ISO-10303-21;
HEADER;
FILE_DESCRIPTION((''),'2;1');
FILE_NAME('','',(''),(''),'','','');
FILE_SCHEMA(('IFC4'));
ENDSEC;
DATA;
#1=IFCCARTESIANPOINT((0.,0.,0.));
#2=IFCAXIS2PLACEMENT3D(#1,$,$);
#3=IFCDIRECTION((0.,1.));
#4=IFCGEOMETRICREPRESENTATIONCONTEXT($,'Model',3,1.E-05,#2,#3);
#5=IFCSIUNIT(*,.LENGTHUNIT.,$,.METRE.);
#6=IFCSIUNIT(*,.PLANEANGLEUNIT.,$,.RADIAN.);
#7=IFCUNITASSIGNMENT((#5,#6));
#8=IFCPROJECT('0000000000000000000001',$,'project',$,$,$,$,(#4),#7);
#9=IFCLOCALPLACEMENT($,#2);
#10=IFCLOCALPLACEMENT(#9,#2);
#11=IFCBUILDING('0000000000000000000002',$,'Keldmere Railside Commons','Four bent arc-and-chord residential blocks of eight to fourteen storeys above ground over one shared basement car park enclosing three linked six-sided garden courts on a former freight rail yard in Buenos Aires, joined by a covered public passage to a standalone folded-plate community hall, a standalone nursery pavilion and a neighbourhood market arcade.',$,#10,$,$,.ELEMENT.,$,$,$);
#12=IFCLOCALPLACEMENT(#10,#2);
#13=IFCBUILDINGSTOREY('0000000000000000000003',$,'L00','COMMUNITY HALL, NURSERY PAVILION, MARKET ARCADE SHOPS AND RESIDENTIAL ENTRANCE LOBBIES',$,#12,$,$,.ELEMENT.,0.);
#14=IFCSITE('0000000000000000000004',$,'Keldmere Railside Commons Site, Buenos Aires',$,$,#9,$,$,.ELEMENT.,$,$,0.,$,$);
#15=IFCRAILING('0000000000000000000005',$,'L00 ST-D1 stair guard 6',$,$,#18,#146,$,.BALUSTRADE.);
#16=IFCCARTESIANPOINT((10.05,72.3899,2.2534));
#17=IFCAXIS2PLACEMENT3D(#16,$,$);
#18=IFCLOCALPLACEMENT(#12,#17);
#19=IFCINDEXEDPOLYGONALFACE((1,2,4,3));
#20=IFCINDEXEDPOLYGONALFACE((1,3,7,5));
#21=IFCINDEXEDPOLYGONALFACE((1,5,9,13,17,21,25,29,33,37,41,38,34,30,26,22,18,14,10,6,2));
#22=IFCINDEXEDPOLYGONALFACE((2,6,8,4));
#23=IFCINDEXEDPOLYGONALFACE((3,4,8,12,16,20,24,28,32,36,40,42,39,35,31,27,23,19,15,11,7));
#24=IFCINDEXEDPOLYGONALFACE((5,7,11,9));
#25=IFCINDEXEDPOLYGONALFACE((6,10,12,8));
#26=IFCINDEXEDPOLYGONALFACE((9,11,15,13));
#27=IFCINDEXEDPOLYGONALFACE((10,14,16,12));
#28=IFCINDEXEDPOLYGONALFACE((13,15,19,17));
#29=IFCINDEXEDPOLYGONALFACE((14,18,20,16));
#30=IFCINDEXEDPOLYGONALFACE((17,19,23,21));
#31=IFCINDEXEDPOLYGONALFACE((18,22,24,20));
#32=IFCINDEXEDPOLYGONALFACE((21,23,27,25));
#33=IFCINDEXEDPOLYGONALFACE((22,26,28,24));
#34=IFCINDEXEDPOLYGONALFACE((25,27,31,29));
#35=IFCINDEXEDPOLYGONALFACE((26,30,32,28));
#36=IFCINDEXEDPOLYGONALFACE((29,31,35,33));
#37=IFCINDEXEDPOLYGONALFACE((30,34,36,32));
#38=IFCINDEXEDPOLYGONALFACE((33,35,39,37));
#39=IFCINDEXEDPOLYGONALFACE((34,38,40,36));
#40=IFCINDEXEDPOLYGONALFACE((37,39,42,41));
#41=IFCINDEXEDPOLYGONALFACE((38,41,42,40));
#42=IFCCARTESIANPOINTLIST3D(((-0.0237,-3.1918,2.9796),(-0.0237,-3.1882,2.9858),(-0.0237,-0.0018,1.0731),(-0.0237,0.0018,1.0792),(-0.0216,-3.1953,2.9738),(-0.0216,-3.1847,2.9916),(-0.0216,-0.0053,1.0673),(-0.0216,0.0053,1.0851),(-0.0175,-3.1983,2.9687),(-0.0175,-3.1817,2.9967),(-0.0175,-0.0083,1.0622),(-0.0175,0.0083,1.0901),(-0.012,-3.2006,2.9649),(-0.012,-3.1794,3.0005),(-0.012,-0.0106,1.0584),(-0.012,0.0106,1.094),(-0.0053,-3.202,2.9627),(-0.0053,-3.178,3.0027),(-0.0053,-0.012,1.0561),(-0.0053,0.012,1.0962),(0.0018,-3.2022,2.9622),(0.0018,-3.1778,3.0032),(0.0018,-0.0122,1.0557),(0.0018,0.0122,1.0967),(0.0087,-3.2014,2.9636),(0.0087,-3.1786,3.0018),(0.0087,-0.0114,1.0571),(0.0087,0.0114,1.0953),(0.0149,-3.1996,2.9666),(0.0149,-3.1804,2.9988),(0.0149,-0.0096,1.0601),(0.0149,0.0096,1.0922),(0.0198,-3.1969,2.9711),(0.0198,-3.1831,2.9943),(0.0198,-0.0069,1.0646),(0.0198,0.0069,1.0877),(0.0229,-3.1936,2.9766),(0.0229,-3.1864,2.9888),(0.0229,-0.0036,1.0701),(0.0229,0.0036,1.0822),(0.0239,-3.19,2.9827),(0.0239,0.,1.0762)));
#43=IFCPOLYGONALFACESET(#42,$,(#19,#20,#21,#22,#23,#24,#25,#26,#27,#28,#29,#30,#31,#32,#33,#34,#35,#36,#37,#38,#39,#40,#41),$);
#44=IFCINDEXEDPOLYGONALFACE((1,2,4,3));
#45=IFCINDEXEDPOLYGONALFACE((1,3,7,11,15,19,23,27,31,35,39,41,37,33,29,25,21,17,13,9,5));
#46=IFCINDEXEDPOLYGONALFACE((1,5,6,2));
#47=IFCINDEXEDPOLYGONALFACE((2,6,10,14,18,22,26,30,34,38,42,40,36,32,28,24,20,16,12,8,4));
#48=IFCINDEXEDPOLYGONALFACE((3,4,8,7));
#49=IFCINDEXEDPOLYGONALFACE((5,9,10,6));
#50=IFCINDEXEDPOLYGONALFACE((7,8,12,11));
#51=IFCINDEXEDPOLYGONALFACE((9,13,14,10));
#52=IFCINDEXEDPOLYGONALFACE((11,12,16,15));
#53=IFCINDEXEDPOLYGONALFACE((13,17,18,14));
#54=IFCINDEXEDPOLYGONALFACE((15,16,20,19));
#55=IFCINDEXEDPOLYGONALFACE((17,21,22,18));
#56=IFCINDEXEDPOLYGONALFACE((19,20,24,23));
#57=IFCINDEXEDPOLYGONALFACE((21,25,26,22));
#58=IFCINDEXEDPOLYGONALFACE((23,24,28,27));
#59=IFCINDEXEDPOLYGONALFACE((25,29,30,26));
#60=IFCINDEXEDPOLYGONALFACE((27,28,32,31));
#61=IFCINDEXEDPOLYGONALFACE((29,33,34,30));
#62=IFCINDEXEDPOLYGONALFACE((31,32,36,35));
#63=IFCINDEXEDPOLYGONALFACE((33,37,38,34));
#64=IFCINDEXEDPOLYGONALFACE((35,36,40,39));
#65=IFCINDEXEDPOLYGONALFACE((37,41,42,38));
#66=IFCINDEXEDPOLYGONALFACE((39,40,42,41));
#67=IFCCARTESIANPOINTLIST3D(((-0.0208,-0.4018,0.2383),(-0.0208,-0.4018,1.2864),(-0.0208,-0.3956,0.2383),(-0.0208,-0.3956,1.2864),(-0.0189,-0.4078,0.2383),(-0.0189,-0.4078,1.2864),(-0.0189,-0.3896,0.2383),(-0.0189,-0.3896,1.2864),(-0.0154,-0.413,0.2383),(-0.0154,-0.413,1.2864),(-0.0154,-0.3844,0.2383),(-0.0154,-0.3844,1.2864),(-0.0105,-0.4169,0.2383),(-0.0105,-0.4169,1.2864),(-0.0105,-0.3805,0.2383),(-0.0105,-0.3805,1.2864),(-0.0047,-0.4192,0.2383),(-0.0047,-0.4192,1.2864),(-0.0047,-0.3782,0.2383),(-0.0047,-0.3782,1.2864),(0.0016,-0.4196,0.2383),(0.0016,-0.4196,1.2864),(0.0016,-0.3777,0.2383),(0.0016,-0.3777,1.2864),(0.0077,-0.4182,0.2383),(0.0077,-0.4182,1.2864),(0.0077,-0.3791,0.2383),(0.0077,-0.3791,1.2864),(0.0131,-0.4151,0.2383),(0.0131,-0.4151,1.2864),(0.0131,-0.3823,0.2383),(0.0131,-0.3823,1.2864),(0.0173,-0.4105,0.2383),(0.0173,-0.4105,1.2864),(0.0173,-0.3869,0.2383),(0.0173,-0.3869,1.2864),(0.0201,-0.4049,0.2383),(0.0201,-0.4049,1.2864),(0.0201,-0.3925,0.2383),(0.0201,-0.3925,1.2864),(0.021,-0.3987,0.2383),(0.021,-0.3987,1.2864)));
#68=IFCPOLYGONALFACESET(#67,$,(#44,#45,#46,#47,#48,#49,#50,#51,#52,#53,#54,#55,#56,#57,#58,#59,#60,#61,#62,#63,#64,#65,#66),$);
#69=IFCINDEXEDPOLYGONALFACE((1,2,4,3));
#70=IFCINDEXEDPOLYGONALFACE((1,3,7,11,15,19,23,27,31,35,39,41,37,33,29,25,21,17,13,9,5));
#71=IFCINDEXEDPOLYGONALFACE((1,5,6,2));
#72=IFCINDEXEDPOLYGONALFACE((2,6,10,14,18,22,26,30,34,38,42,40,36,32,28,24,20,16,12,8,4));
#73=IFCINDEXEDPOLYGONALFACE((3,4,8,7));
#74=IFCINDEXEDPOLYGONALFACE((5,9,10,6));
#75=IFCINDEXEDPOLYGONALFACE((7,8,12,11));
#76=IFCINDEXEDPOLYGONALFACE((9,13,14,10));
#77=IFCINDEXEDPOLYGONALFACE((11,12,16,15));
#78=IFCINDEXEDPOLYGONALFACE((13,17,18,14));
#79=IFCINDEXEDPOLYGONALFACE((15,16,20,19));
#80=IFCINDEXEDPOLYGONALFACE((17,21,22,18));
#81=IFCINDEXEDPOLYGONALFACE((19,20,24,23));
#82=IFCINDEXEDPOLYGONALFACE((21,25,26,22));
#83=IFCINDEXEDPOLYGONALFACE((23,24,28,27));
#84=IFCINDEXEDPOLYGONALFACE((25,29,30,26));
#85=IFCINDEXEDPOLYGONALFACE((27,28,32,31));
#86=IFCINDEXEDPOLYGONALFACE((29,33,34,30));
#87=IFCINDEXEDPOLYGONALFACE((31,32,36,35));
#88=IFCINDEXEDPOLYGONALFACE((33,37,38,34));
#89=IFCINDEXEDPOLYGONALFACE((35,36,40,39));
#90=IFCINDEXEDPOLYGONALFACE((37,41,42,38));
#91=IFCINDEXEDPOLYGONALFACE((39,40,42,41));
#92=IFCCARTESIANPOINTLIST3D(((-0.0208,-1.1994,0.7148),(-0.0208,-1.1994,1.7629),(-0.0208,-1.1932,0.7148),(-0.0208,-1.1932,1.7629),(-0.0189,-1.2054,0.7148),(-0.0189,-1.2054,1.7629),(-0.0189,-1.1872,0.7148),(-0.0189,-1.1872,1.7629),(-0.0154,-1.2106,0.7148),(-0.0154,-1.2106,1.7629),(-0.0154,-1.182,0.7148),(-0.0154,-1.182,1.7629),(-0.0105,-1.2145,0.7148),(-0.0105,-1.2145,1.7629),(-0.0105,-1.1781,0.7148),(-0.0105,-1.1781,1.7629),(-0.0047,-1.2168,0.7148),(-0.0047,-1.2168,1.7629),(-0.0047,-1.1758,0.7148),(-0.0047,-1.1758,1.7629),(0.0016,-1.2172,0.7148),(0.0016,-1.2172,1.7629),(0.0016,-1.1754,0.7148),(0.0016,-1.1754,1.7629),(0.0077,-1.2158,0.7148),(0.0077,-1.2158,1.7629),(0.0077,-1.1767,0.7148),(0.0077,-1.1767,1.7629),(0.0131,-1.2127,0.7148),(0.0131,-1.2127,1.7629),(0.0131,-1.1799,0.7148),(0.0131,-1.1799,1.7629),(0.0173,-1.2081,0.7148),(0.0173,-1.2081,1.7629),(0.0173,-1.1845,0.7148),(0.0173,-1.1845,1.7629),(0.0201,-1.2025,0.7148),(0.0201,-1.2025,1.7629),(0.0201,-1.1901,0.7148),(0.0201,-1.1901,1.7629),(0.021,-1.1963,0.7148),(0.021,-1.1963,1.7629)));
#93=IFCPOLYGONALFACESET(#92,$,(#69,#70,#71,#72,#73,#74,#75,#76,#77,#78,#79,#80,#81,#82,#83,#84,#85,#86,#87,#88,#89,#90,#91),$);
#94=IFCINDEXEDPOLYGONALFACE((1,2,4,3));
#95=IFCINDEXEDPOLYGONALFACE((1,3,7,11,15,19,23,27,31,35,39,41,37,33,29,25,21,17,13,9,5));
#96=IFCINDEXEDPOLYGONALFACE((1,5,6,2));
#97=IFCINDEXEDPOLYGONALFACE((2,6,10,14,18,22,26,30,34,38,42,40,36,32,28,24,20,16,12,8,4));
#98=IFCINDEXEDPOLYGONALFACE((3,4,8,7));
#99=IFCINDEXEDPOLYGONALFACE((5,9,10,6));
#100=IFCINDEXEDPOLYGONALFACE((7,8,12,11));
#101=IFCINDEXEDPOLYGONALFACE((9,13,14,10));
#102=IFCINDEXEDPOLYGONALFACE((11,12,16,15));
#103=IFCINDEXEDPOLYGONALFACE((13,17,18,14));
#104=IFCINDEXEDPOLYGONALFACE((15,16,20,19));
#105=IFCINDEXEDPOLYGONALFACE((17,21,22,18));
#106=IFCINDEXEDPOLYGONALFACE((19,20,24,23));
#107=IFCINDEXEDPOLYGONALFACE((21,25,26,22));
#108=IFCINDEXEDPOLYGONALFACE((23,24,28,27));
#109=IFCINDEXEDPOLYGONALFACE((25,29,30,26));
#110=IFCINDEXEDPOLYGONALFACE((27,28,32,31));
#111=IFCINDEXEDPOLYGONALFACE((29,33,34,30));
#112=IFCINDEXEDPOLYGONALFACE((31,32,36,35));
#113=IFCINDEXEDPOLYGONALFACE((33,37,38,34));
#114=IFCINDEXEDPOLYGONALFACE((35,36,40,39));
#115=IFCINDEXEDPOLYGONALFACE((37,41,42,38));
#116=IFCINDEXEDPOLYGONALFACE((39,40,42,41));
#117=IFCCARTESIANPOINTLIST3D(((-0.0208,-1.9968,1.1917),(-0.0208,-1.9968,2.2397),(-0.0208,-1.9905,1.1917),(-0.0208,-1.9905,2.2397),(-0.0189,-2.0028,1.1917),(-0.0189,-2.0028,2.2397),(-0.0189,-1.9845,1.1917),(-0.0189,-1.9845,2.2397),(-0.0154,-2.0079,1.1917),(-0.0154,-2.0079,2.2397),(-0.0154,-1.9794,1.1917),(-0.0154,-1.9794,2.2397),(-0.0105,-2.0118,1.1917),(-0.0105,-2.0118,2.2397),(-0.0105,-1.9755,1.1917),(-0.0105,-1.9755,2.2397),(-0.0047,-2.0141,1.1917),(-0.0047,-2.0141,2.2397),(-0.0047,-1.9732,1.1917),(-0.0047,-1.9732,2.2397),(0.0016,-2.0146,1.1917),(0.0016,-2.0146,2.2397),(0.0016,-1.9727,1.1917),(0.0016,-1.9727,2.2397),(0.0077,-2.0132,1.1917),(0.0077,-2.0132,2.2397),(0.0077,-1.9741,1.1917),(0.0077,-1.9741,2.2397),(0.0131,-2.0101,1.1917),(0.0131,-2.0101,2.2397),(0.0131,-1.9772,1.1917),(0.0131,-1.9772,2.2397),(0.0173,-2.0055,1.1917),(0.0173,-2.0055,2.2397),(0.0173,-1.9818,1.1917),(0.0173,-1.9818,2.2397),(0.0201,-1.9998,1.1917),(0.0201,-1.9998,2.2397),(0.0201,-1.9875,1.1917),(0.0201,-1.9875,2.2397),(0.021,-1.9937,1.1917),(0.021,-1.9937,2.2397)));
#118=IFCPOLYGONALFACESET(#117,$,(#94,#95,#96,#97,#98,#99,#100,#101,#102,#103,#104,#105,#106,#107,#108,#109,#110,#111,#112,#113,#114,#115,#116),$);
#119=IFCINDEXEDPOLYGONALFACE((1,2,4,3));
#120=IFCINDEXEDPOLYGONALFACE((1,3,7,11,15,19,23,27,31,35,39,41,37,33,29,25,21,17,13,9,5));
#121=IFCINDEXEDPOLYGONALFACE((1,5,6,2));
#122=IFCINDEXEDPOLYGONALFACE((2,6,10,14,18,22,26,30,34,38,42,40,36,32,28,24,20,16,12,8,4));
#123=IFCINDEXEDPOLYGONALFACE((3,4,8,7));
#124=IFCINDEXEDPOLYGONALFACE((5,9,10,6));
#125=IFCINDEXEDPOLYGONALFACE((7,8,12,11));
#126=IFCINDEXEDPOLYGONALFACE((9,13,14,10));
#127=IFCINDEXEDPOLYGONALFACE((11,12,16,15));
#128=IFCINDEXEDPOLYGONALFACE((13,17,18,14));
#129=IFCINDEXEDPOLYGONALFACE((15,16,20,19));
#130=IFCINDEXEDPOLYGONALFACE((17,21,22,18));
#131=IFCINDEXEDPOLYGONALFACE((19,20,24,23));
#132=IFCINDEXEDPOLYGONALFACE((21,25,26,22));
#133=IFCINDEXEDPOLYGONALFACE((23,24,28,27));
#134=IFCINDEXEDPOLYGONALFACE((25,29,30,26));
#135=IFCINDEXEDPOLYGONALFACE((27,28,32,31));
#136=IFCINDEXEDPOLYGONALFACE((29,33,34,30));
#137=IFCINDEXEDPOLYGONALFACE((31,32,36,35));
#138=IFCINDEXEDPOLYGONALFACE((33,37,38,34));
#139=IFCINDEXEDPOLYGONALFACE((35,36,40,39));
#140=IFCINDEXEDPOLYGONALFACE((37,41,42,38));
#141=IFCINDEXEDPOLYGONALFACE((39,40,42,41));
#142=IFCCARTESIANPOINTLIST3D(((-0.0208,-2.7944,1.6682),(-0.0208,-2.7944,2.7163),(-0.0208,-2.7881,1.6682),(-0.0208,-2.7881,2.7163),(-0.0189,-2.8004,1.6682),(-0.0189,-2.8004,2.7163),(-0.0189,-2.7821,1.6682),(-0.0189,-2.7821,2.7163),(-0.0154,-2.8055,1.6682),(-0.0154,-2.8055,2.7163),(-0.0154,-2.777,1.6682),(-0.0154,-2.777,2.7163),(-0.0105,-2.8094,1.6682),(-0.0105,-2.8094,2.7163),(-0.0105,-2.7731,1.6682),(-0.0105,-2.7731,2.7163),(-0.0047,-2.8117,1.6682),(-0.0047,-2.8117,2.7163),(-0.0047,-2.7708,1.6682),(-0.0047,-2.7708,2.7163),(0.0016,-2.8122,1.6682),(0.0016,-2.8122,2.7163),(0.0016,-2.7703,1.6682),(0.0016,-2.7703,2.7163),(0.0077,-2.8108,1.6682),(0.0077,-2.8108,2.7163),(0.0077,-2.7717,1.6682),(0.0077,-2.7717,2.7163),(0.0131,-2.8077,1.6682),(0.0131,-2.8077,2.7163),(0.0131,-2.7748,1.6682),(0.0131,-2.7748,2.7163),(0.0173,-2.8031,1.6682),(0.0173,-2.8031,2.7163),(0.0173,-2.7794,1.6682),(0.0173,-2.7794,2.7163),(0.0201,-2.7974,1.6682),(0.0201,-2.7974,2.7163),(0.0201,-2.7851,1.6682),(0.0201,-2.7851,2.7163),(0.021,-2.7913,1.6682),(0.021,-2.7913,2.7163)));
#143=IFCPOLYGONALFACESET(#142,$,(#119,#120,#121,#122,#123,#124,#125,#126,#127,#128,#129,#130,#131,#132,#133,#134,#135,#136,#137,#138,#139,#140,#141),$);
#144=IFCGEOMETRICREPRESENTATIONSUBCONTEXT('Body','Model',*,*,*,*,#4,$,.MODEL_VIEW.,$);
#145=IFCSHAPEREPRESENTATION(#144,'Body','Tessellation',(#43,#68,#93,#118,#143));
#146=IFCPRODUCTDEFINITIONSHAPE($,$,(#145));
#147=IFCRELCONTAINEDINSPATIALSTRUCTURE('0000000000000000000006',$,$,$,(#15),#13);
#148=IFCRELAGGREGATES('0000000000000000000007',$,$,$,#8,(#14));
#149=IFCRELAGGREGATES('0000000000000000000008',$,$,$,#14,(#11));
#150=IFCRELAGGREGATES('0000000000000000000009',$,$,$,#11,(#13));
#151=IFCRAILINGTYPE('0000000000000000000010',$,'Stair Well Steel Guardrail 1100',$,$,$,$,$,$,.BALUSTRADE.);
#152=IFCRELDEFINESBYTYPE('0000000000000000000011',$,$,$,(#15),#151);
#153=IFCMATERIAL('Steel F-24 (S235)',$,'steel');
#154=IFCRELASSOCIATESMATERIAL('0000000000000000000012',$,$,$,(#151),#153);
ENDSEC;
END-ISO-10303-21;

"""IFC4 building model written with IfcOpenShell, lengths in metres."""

from ifc_helpers import new_model, si_unit, direction, frame, origin, origin_2d, place, context, subcontext, project, spatial, circle, extrude, material, type_object, element, save


model = new_model("IFC4")

# Units and contexts
model_context = context("Model", 3, precision=1e-05, world=origin(), true_north=direction((0.0, 1.0)))
body_context = subcontext(model_context, "Body", "Model", "MODEL_VIEW")
ifc_project = project(units=[si_unit("LENGTHUNIT", "METRE"), si_unit("PLANEANGLEUNIT", "RADIAN")], contexts=[model_context])

# Site, building, storey
site_placement = place(None, origin())
site = spatial("IfcSite", under=ifc_project, at=site_placement, Name="Keldmere Railside Commons Site, Buenos Aires", CompositionType="ELEMENT", RefElevation=0.0)
building_placement = place(site_placement, origin())
building = spatial("IfcBuilding", under=site, at=building_placement, Name="Keldmere Railside Commons", Description="Four bent arc-and-chord residential blocks of eight to fourteen storeys above ground over one shared basement car park enclosing three linked six-sided garden courts on a former freight rail yard in Buenos Aires, joined by a covered public passage to a standalone folded-plate community hall, a standalone nursery pavilion and a neighbourhood market arcade.", CompositionType="ELEMENT")
storey_placement = place(building_placement, origin())
storey = spatial("IfcBuildingStorey", under=building, at=storey_placement, Name="L00", Description="COMMUNITY HALL, NURSERY PAVILION, MARKET ARCADE SHOPS AND RESIDENTIAL ENTRANCE LOBBIES", CompositionType="ELEMENT", Elevation=0.0)

# Shared definitions
ifc_material_1 = material(Name="Steel F-24 (S235)", Category="steel")

# Railing
railing_type_1 = type_object("IfcRailingType", Name="Stair Well Steel Guardrail 1100", PredefinedType="BALUSTRADE", material=ifc_material_1)
railing_1_placement = place(storey_placement, frame((10.05, 72.3899, 2.2534)))
element("IfcRailing", 1, at=railing_1_placement, inside=storey, type_object=railing_type_1, Name="L00 ST-D1 stair guard 6", PredefinedType="BALUSTRADE", context=body_context, shape_type="SweptSolid", body=[
    extrude(circle(Radius=0.0239, at=origin_2d()), frame((0.0, 0.0, 1.0762), z_axis=(0.0, -0.858379, 0.513017), x_axis=(1.0, 0.0, 0.0)), (0.0, 0.0, 1.0), 3.7163),
    extrude(circle(Radius=0.021, at=origin_2d()), frame((0.0, -0.3987, 0.2383)), (0.0, 0.0, 1.0), 1.0481),
    extrude(circle(Radius=0.021, at=origin_2d()), frame((0.0, -1.1963, 0.7148)), (0.0, 0.0, 1.0), 1.0481),
    extrude(circle(Radius=0.021, at=origin_2d()), frame((0.0, -1.9937, 1.1917)), (0.0, 0.0, 1.0), 1.0481),
    extrude(circle(Radius=0.021, at=origin_2d()), frame((0.0, -2.7913, 1.6682)), (0.0, 0.0, 1.0), 1.0481),
])

save(model, "model.ifc")
